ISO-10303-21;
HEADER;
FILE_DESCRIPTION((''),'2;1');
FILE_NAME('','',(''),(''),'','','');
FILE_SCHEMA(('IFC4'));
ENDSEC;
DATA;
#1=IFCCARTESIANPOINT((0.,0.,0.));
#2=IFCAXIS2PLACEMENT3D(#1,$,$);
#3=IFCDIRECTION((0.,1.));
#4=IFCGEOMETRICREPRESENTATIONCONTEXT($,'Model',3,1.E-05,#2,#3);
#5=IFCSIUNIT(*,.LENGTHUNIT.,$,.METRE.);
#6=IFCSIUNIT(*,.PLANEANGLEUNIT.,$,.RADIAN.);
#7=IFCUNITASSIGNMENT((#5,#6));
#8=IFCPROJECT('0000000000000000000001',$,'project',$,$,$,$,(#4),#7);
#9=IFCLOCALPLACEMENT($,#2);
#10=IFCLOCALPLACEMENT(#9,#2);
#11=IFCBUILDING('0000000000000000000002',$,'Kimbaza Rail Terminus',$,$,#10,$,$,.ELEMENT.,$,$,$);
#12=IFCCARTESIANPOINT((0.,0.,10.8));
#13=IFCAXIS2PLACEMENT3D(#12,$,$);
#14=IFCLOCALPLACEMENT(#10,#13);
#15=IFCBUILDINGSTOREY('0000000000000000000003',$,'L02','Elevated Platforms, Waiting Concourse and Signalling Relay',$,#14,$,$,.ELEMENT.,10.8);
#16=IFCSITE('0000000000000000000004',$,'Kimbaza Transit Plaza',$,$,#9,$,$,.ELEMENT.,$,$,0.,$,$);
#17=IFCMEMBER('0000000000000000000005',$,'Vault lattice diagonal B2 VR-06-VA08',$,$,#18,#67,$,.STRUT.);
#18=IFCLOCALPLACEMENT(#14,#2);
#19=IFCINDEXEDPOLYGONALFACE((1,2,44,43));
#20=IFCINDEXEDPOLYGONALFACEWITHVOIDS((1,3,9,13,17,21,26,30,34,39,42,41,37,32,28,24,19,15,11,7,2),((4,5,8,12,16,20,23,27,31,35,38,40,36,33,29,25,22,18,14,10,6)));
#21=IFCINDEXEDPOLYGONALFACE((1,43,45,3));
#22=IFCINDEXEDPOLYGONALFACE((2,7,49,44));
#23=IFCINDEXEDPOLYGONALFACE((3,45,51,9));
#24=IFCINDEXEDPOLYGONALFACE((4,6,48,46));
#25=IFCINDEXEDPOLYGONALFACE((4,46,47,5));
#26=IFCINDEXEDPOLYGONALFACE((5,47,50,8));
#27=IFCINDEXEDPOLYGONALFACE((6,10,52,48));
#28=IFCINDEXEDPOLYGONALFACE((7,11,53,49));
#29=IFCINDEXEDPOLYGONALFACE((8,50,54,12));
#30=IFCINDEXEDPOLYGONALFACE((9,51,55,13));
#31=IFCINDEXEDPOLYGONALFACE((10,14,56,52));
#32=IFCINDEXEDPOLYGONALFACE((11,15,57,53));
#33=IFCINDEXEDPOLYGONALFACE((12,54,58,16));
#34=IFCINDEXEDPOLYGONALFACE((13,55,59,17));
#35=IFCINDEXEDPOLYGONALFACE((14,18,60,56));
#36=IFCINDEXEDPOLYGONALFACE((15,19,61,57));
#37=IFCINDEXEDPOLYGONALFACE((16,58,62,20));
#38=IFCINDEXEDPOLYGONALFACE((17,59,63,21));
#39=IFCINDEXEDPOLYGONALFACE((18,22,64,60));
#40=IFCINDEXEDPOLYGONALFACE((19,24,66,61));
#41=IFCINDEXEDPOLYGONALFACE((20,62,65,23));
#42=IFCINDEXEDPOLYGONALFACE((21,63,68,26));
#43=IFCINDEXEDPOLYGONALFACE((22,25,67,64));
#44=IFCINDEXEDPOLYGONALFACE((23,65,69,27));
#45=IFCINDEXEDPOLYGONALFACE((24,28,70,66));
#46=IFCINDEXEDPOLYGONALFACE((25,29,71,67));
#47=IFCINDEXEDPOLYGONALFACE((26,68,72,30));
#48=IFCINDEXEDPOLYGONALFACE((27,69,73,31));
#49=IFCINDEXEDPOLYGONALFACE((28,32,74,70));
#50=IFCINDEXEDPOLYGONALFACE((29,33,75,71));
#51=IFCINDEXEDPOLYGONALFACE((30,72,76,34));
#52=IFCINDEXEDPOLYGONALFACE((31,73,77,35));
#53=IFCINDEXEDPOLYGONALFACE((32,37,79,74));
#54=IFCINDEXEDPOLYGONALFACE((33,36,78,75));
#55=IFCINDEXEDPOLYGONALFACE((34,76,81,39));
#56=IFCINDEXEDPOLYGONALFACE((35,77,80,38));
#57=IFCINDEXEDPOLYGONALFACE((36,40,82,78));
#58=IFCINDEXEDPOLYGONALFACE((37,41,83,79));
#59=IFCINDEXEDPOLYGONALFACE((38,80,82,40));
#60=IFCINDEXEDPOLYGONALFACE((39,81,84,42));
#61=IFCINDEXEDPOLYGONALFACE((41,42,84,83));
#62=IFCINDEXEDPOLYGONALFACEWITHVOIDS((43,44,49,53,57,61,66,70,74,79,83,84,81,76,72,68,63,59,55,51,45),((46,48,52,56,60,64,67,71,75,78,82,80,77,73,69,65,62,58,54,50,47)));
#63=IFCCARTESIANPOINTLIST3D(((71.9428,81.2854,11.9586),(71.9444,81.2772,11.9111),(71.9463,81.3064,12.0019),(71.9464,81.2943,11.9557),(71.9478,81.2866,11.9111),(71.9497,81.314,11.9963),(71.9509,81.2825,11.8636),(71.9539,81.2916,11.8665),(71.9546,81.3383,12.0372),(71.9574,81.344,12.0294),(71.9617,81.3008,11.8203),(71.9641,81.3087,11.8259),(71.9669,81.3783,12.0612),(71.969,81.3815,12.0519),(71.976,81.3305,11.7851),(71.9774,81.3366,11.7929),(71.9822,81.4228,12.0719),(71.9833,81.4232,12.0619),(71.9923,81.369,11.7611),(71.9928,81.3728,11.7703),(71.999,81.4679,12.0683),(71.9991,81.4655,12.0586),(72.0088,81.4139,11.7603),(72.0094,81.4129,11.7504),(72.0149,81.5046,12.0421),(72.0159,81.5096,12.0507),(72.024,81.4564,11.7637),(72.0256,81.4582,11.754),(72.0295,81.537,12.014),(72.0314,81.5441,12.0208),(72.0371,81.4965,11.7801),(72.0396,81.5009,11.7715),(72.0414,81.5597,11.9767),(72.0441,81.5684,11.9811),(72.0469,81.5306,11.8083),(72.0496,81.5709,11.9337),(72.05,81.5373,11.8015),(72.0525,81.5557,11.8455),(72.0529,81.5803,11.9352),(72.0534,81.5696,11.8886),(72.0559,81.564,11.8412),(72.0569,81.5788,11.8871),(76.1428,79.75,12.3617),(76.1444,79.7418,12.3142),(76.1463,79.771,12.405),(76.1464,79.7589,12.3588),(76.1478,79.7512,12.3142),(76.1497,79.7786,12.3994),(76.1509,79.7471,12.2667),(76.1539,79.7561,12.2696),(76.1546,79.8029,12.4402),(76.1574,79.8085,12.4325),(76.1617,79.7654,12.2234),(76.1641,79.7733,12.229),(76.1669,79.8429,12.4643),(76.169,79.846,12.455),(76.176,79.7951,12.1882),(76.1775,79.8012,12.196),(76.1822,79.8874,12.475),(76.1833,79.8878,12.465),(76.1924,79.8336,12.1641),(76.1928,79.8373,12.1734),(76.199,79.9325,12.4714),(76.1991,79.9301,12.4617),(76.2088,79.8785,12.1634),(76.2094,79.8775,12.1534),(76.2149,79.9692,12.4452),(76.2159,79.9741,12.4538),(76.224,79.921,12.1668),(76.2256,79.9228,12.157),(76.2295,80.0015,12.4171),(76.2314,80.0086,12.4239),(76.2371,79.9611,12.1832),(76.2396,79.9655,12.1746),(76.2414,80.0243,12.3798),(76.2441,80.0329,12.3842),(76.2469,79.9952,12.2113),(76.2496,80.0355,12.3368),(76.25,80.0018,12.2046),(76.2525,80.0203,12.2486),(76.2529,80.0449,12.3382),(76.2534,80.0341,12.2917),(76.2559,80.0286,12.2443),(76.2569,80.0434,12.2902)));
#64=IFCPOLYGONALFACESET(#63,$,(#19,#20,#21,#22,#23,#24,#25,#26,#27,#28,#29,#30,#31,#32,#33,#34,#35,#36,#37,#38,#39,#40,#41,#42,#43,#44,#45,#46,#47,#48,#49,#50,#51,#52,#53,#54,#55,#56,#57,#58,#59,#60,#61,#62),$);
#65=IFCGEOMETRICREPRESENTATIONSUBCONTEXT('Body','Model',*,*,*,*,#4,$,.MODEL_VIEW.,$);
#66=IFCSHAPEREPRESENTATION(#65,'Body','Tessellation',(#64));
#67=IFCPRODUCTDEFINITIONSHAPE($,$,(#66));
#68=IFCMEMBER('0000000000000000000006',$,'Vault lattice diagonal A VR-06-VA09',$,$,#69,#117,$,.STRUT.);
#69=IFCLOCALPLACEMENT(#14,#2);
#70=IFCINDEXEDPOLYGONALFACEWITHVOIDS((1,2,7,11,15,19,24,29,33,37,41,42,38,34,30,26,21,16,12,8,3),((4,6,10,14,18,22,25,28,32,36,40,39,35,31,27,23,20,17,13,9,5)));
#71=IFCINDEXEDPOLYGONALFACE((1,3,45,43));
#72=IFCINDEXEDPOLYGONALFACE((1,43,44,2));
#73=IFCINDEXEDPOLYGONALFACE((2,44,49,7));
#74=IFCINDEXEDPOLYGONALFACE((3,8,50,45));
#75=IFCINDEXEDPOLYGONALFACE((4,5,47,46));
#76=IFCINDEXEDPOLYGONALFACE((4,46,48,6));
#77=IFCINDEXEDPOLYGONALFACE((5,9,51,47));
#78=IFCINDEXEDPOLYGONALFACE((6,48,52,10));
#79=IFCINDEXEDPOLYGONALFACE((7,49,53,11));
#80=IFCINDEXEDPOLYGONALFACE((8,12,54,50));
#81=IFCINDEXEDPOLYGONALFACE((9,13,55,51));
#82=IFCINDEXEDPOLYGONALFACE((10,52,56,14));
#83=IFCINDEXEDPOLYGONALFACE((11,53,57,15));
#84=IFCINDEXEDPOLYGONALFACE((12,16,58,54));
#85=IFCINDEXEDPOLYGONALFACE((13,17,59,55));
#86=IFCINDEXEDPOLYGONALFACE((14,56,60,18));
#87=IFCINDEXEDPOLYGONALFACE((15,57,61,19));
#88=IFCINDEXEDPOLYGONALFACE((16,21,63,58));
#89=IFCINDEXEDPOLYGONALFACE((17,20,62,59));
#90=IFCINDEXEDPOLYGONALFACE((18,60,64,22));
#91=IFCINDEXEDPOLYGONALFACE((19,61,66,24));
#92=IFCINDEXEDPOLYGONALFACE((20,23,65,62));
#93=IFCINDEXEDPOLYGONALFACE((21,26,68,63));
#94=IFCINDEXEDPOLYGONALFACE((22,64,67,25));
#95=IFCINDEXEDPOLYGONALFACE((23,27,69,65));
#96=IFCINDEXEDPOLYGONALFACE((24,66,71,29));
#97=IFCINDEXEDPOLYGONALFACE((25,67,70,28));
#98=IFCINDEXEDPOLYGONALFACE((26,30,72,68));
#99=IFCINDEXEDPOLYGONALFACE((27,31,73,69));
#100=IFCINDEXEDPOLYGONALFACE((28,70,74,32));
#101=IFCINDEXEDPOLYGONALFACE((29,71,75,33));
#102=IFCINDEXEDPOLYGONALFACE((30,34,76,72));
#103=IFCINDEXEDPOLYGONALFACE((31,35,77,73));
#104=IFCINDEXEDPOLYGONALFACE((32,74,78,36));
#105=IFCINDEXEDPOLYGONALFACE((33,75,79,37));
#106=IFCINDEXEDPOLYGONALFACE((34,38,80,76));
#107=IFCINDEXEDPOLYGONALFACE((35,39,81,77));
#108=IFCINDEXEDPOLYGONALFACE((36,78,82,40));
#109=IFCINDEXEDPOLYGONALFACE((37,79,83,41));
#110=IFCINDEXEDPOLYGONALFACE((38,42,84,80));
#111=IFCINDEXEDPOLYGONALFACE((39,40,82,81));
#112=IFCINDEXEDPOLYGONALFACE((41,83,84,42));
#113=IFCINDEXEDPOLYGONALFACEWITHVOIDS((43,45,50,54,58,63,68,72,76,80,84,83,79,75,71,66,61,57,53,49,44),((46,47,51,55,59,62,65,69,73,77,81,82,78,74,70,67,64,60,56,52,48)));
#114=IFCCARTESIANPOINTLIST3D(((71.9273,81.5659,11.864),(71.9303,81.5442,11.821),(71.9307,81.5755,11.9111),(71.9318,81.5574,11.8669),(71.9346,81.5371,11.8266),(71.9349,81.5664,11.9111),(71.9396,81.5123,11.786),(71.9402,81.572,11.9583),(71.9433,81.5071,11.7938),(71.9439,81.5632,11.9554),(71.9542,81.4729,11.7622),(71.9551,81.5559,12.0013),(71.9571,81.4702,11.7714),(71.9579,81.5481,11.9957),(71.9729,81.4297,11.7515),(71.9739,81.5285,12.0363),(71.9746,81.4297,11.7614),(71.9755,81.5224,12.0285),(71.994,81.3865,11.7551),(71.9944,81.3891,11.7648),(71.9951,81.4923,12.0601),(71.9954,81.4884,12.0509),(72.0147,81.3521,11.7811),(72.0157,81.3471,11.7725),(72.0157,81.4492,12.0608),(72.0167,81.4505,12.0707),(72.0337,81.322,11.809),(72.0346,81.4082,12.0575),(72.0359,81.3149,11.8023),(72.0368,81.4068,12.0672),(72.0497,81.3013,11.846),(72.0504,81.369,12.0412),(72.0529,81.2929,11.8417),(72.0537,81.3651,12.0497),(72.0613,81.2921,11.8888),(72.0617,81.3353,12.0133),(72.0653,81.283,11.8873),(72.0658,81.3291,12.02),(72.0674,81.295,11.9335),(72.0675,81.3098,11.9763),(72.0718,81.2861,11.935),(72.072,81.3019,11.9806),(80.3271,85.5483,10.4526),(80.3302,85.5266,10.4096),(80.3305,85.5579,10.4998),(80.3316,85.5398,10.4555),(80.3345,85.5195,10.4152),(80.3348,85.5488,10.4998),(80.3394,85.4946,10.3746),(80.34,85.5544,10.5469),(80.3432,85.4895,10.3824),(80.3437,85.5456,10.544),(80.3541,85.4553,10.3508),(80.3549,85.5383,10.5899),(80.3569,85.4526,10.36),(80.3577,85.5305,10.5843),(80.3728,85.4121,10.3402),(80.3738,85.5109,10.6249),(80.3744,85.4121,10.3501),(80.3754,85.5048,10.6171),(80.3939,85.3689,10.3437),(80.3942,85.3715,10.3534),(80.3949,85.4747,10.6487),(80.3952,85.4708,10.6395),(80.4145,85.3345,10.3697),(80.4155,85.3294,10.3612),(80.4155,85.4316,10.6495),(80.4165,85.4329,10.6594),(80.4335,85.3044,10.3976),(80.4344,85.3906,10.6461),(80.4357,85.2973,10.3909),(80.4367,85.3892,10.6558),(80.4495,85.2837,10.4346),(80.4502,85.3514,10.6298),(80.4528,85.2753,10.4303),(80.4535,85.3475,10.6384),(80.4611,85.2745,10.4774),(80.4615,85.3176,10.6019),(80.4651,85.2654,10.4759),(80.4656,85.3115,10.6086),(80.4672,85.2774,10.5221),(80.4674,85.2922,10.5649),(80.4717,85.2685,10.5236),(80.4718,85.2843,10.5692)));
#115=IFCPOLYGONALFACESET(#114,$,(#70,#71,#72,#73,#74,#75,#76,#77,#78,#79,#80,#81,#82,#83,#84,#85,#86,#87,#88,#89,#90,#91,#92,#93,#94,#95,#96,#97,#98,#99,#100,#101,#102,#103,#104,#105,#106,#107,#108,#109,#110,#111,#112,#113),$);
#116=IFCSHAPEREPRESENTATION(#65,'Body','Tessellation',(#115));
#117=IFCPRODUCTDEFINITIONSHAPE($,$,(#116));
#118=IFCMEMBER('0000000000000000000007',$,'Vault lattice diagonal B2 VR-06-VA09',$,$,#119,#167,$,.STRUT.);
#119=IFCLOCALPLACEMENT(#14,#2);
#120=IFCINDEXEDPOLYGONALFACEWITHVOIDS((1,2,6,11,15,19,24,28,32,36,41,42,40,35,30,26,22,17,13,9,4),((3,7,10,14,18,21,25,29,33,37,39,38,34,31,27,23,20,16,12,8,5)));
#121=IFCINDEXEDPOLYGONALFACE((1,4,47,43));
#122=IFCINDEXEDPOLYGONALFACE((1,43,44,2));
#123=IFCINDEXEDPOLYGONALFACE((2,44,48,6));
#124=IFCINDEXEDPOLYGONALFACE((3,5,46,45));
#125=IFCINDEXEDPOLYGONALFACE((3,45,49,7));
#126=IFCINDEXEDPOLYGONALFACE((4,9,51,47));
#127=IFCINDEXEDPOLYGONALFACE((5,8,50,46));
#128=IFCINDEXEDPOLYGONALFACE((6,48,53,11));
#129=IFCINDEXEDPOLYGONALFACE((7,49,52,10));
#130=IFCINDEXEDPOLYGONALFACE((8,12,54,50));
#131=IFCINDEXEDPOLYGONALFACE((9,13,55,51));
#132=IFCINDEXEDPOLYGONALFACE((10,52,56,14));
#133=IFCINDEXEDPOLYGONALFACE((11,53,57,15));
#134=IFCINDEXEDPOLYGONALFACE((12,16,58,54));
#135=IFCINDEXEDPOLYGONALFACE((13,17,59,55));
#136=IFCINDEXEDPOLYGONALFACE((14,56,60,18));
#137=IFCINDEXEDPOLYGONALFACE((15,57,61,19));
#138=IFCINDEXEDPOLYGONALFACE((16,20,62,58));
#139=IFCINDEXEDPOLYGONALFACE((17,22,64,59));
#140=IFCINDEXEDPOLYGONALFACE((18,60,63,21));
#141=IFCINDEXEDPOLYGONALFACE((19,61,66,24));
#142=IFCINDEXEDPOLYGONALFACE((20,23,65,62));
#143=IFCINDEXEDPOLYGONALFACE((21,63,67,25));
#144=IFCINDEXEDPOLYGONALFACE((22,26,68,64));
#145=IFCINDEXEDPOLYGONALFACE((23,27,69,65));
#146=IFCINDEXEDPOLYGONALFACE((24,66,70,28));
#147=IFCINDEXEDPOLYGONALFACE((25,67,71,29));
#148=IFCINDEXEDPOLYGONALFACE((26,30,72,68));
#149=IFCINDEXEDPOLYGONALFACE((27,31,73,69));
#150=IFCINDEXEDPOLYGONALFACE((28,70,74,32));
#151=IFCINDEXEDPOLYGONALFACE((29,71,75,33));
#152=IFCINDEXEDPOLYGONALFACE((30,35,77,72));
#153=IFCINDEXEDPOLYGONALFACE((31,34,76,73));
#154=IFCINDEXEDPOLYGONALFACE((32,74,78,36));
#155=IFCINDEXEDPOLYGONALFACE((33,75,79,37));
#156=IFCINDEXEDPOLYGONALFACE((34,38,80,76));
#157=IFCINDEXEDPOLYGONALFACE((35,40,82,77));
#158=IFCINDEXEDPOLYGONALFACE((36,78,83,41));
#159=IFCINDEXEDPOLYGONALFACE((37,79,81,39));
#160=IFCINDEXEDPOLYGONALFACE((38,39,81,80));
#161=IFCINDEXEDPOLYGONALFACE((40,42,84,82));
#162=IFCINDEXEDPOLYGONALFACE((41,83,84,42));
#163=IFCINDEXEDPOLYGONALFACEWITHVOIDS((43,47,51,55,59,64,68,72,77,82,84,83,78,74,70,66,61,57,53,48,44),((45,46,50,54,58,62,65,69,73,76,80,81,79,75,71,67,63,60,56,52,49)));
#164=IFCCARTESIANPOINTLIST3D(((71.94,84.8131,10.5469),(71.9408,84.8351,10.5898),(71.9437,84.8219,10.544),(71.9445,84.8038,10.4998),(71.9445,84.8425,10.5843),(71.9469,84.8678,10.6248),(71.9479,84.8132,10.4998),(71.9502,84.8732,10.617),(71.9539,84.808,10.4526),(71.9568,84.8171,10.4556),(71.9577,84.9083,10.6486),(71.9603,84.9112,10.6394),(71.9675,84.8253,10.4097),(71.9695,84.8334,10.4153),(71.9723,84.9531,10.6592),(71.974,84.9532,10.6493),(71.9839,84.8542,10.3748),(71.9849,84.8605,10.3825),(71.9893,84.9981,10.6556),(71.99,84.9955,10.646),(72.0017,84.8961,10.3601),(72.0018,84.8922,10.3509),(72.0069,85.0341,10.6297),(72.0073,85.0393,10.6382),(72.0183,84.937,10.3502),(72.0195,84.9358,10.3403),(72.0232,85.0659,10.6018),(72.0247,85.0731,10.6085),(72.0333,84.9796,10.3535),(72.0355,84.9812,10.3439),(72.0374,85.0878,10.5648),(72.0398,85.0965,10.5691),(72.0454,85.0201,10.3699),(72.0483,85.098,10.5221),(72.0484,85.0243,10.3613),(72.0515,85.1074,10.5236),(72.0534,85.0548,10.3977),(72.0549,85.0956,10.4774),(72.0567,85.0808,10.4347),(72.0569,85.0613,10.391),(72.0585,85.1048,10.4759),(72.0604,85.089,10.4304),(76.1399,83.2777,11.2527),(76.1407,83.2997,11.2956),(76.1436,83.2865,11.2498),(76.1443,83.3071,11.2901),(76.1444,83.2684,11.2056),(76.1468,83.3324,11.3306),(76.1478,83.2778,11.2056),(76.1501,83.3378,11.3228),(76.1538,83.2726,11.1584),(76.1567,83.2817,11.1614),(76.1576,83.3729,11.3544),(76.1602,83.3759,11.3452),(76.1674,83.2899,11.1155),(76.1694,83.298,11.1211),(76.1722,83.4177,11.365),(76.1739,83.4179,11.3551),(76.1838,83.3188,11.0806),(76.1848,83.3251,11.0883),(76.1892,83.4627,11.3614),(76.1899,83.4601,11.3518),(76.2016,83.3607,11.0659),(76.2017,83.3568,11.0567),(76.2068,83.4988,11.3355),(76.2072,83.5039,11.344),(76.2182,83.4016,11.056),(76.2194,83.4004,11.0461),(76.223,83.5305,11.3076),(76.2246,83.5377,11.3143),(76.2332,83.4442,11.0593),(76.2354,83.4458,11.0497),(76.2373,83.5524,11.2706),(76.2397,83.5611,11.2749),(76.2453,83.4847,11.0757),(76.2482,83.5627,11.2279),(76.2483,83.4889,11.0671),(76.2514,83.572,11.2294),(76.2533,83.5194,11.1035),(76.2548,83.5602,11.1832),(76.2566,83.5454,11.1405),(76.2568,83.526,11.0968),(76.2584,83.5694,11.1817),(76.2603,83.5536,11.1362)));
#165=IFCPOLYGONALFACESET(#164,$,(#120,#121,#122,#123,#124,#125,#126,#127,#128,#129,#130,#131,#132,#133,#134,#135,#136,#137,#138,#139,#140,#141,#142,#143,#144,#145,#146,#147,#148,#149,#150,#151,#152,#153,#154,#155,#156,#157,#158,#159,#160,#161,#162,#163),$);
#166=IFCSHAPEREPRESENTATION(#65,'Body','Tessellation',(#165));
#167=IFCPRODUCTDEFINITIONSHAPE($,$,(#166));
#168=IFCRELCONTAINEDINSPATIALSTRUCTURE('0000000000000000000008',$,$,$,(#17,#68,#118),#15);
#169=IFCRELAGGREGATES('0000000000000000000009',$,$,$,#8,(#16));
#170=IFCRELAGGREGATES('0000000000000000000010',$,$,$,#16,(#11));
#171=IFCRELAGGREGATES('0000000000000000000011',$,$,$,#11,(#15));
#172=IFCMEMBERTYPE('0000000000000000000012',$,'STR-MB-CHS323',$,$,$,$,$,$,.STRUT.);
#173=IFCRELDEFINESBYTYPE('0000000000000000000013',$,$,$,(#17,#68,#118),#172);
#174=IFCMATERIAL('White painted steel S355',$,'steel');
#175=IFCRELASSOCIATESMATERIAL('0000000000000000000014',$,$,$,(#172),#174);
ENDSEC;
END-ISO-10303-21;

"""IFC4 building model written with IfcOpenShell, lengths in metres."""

from ifc_helpers import new_model, si_unit, direction, frame, origin, origin_2d, place, context, subcontext, project, spatial, hollow_circle, extrude, material, material_profile, profile_set, type_object, element, save


model = new_model("IFC4")

# Units and contexts
model_context = context("Model", 3, precision=1e-05, world=origin(), true_north=direction((0.0, 1.0)))
body_context = subcontext(model_context, "Body", "Model", "MODEL_VIEW")
ifc_project = project(units=[si_unit("LENGTHUNIT", "METRE"), si_unit("PLANEANGLEUNIT", "RADIAN")], contexts=[model_context])

# Site, building, storey
site_placement = place(None, origin())
site = spatial("IfcSite", under=ifc_project, at=site_placement, Name="Kimbaza Transit Plaza", CompositionType="ELEMENT", RefElevation=0.0)
building_placement = place(site_placement, origin())
building = spatial("IfcBuilding", under=site, at=building_placement, Name="Kimbaza Rail Terminus", CompositionType="ELEMENT")
storey_placement = place(building_placement, frame((0.0, 0.0, 10.8)))
storey = spatial("IfcBuildingStorey", under=building, at=storey_placement, Name="L02", Description="Elevated Platforms, Waiting Concourse and Signalling Relay", CompositionType="ELEMENT", Elevation=10.8)

# Members
ifc_material_1 = material(Name="White painted steel S355", Category="steel")
ifc_material_profile_1 = material_profile(ifc_material_1, hollow_circle(Radius=0.1619, WallThickness=0.01, at=origin_2d()), Name="CHS 323.9x10")
ifc_profile_set_1 = profile_set([ifc_material_profile_1], Name="White painted steel S355")
member_type_1 = type_object("IfcMemberType", Name="STR-MB-CHS323", PredefinedType="STRUT", material=ifc_profile_set_1)
member_1_placement = place(storey_placement, frame((76.2, 79.8938, 12.3142), z_axis=(-0.935415, 0.341965, -0.089773), x_axis=(-0.343351, -0.939207, 0.0)))
element("IfcMember", 1, at=member_1_placement, inside=storey, type_object=member_type_1, Name="Vault lattice diagonal B2 VR-06-VA08", PredefinedType="STRUT", context=body_context, shape_type="SweptSolid", body=[
    extrude(hollow_circle(Radius=0.1619, WallThickness=0.01, at=origin_2d()), origin(), (0.0, 0.0, 1.0), 4.49),
])
member_2_placement = place(storey_placement, frame((72.0, 81.4292, 11.9111), z_axis=(0.893354, 0.423542, -0.150104), x_axis=(-0.428396, 0.903591, 0.0)))
element("IfcMember", 2, at=member_2_placement, inside=storey, type_object=member_type_1, Name="Vault lattice diagonal A VR-06-VA09", PredefinedType="STRUT", context=body_context, shape_type="SweptSolid", body=[
    extrude(hollow_circle(Radius=0.1619, WallThickness=0.01, at=origin_2d()), origin(), (0.0, 0.0, 1.0), 9.4026),
])
member_3_placement = place(storey_placement, frame((76.2, 83.4204, 11.2056), z_axis=(-0.927722, 0.339153, -0.155906), x_axis=(-0.343351, -0.939207, 0.0)))
element("IfcMember", 3, at=member_3_placement, inside=storey, type_object=member_type_1, Name="Vault lattice diagonal B2 VR-06-VA09", PredefinedType="STRUT", context=body_context, shape_type="SweptSolid", body=[
    extrude(hollow_circle(Radius=0.1619, WallThickness=0.01, at=origin_2d()), origin(), (0.0, 0.0, 1.0), 4.5271),
])

save(model, "model.ifc")
